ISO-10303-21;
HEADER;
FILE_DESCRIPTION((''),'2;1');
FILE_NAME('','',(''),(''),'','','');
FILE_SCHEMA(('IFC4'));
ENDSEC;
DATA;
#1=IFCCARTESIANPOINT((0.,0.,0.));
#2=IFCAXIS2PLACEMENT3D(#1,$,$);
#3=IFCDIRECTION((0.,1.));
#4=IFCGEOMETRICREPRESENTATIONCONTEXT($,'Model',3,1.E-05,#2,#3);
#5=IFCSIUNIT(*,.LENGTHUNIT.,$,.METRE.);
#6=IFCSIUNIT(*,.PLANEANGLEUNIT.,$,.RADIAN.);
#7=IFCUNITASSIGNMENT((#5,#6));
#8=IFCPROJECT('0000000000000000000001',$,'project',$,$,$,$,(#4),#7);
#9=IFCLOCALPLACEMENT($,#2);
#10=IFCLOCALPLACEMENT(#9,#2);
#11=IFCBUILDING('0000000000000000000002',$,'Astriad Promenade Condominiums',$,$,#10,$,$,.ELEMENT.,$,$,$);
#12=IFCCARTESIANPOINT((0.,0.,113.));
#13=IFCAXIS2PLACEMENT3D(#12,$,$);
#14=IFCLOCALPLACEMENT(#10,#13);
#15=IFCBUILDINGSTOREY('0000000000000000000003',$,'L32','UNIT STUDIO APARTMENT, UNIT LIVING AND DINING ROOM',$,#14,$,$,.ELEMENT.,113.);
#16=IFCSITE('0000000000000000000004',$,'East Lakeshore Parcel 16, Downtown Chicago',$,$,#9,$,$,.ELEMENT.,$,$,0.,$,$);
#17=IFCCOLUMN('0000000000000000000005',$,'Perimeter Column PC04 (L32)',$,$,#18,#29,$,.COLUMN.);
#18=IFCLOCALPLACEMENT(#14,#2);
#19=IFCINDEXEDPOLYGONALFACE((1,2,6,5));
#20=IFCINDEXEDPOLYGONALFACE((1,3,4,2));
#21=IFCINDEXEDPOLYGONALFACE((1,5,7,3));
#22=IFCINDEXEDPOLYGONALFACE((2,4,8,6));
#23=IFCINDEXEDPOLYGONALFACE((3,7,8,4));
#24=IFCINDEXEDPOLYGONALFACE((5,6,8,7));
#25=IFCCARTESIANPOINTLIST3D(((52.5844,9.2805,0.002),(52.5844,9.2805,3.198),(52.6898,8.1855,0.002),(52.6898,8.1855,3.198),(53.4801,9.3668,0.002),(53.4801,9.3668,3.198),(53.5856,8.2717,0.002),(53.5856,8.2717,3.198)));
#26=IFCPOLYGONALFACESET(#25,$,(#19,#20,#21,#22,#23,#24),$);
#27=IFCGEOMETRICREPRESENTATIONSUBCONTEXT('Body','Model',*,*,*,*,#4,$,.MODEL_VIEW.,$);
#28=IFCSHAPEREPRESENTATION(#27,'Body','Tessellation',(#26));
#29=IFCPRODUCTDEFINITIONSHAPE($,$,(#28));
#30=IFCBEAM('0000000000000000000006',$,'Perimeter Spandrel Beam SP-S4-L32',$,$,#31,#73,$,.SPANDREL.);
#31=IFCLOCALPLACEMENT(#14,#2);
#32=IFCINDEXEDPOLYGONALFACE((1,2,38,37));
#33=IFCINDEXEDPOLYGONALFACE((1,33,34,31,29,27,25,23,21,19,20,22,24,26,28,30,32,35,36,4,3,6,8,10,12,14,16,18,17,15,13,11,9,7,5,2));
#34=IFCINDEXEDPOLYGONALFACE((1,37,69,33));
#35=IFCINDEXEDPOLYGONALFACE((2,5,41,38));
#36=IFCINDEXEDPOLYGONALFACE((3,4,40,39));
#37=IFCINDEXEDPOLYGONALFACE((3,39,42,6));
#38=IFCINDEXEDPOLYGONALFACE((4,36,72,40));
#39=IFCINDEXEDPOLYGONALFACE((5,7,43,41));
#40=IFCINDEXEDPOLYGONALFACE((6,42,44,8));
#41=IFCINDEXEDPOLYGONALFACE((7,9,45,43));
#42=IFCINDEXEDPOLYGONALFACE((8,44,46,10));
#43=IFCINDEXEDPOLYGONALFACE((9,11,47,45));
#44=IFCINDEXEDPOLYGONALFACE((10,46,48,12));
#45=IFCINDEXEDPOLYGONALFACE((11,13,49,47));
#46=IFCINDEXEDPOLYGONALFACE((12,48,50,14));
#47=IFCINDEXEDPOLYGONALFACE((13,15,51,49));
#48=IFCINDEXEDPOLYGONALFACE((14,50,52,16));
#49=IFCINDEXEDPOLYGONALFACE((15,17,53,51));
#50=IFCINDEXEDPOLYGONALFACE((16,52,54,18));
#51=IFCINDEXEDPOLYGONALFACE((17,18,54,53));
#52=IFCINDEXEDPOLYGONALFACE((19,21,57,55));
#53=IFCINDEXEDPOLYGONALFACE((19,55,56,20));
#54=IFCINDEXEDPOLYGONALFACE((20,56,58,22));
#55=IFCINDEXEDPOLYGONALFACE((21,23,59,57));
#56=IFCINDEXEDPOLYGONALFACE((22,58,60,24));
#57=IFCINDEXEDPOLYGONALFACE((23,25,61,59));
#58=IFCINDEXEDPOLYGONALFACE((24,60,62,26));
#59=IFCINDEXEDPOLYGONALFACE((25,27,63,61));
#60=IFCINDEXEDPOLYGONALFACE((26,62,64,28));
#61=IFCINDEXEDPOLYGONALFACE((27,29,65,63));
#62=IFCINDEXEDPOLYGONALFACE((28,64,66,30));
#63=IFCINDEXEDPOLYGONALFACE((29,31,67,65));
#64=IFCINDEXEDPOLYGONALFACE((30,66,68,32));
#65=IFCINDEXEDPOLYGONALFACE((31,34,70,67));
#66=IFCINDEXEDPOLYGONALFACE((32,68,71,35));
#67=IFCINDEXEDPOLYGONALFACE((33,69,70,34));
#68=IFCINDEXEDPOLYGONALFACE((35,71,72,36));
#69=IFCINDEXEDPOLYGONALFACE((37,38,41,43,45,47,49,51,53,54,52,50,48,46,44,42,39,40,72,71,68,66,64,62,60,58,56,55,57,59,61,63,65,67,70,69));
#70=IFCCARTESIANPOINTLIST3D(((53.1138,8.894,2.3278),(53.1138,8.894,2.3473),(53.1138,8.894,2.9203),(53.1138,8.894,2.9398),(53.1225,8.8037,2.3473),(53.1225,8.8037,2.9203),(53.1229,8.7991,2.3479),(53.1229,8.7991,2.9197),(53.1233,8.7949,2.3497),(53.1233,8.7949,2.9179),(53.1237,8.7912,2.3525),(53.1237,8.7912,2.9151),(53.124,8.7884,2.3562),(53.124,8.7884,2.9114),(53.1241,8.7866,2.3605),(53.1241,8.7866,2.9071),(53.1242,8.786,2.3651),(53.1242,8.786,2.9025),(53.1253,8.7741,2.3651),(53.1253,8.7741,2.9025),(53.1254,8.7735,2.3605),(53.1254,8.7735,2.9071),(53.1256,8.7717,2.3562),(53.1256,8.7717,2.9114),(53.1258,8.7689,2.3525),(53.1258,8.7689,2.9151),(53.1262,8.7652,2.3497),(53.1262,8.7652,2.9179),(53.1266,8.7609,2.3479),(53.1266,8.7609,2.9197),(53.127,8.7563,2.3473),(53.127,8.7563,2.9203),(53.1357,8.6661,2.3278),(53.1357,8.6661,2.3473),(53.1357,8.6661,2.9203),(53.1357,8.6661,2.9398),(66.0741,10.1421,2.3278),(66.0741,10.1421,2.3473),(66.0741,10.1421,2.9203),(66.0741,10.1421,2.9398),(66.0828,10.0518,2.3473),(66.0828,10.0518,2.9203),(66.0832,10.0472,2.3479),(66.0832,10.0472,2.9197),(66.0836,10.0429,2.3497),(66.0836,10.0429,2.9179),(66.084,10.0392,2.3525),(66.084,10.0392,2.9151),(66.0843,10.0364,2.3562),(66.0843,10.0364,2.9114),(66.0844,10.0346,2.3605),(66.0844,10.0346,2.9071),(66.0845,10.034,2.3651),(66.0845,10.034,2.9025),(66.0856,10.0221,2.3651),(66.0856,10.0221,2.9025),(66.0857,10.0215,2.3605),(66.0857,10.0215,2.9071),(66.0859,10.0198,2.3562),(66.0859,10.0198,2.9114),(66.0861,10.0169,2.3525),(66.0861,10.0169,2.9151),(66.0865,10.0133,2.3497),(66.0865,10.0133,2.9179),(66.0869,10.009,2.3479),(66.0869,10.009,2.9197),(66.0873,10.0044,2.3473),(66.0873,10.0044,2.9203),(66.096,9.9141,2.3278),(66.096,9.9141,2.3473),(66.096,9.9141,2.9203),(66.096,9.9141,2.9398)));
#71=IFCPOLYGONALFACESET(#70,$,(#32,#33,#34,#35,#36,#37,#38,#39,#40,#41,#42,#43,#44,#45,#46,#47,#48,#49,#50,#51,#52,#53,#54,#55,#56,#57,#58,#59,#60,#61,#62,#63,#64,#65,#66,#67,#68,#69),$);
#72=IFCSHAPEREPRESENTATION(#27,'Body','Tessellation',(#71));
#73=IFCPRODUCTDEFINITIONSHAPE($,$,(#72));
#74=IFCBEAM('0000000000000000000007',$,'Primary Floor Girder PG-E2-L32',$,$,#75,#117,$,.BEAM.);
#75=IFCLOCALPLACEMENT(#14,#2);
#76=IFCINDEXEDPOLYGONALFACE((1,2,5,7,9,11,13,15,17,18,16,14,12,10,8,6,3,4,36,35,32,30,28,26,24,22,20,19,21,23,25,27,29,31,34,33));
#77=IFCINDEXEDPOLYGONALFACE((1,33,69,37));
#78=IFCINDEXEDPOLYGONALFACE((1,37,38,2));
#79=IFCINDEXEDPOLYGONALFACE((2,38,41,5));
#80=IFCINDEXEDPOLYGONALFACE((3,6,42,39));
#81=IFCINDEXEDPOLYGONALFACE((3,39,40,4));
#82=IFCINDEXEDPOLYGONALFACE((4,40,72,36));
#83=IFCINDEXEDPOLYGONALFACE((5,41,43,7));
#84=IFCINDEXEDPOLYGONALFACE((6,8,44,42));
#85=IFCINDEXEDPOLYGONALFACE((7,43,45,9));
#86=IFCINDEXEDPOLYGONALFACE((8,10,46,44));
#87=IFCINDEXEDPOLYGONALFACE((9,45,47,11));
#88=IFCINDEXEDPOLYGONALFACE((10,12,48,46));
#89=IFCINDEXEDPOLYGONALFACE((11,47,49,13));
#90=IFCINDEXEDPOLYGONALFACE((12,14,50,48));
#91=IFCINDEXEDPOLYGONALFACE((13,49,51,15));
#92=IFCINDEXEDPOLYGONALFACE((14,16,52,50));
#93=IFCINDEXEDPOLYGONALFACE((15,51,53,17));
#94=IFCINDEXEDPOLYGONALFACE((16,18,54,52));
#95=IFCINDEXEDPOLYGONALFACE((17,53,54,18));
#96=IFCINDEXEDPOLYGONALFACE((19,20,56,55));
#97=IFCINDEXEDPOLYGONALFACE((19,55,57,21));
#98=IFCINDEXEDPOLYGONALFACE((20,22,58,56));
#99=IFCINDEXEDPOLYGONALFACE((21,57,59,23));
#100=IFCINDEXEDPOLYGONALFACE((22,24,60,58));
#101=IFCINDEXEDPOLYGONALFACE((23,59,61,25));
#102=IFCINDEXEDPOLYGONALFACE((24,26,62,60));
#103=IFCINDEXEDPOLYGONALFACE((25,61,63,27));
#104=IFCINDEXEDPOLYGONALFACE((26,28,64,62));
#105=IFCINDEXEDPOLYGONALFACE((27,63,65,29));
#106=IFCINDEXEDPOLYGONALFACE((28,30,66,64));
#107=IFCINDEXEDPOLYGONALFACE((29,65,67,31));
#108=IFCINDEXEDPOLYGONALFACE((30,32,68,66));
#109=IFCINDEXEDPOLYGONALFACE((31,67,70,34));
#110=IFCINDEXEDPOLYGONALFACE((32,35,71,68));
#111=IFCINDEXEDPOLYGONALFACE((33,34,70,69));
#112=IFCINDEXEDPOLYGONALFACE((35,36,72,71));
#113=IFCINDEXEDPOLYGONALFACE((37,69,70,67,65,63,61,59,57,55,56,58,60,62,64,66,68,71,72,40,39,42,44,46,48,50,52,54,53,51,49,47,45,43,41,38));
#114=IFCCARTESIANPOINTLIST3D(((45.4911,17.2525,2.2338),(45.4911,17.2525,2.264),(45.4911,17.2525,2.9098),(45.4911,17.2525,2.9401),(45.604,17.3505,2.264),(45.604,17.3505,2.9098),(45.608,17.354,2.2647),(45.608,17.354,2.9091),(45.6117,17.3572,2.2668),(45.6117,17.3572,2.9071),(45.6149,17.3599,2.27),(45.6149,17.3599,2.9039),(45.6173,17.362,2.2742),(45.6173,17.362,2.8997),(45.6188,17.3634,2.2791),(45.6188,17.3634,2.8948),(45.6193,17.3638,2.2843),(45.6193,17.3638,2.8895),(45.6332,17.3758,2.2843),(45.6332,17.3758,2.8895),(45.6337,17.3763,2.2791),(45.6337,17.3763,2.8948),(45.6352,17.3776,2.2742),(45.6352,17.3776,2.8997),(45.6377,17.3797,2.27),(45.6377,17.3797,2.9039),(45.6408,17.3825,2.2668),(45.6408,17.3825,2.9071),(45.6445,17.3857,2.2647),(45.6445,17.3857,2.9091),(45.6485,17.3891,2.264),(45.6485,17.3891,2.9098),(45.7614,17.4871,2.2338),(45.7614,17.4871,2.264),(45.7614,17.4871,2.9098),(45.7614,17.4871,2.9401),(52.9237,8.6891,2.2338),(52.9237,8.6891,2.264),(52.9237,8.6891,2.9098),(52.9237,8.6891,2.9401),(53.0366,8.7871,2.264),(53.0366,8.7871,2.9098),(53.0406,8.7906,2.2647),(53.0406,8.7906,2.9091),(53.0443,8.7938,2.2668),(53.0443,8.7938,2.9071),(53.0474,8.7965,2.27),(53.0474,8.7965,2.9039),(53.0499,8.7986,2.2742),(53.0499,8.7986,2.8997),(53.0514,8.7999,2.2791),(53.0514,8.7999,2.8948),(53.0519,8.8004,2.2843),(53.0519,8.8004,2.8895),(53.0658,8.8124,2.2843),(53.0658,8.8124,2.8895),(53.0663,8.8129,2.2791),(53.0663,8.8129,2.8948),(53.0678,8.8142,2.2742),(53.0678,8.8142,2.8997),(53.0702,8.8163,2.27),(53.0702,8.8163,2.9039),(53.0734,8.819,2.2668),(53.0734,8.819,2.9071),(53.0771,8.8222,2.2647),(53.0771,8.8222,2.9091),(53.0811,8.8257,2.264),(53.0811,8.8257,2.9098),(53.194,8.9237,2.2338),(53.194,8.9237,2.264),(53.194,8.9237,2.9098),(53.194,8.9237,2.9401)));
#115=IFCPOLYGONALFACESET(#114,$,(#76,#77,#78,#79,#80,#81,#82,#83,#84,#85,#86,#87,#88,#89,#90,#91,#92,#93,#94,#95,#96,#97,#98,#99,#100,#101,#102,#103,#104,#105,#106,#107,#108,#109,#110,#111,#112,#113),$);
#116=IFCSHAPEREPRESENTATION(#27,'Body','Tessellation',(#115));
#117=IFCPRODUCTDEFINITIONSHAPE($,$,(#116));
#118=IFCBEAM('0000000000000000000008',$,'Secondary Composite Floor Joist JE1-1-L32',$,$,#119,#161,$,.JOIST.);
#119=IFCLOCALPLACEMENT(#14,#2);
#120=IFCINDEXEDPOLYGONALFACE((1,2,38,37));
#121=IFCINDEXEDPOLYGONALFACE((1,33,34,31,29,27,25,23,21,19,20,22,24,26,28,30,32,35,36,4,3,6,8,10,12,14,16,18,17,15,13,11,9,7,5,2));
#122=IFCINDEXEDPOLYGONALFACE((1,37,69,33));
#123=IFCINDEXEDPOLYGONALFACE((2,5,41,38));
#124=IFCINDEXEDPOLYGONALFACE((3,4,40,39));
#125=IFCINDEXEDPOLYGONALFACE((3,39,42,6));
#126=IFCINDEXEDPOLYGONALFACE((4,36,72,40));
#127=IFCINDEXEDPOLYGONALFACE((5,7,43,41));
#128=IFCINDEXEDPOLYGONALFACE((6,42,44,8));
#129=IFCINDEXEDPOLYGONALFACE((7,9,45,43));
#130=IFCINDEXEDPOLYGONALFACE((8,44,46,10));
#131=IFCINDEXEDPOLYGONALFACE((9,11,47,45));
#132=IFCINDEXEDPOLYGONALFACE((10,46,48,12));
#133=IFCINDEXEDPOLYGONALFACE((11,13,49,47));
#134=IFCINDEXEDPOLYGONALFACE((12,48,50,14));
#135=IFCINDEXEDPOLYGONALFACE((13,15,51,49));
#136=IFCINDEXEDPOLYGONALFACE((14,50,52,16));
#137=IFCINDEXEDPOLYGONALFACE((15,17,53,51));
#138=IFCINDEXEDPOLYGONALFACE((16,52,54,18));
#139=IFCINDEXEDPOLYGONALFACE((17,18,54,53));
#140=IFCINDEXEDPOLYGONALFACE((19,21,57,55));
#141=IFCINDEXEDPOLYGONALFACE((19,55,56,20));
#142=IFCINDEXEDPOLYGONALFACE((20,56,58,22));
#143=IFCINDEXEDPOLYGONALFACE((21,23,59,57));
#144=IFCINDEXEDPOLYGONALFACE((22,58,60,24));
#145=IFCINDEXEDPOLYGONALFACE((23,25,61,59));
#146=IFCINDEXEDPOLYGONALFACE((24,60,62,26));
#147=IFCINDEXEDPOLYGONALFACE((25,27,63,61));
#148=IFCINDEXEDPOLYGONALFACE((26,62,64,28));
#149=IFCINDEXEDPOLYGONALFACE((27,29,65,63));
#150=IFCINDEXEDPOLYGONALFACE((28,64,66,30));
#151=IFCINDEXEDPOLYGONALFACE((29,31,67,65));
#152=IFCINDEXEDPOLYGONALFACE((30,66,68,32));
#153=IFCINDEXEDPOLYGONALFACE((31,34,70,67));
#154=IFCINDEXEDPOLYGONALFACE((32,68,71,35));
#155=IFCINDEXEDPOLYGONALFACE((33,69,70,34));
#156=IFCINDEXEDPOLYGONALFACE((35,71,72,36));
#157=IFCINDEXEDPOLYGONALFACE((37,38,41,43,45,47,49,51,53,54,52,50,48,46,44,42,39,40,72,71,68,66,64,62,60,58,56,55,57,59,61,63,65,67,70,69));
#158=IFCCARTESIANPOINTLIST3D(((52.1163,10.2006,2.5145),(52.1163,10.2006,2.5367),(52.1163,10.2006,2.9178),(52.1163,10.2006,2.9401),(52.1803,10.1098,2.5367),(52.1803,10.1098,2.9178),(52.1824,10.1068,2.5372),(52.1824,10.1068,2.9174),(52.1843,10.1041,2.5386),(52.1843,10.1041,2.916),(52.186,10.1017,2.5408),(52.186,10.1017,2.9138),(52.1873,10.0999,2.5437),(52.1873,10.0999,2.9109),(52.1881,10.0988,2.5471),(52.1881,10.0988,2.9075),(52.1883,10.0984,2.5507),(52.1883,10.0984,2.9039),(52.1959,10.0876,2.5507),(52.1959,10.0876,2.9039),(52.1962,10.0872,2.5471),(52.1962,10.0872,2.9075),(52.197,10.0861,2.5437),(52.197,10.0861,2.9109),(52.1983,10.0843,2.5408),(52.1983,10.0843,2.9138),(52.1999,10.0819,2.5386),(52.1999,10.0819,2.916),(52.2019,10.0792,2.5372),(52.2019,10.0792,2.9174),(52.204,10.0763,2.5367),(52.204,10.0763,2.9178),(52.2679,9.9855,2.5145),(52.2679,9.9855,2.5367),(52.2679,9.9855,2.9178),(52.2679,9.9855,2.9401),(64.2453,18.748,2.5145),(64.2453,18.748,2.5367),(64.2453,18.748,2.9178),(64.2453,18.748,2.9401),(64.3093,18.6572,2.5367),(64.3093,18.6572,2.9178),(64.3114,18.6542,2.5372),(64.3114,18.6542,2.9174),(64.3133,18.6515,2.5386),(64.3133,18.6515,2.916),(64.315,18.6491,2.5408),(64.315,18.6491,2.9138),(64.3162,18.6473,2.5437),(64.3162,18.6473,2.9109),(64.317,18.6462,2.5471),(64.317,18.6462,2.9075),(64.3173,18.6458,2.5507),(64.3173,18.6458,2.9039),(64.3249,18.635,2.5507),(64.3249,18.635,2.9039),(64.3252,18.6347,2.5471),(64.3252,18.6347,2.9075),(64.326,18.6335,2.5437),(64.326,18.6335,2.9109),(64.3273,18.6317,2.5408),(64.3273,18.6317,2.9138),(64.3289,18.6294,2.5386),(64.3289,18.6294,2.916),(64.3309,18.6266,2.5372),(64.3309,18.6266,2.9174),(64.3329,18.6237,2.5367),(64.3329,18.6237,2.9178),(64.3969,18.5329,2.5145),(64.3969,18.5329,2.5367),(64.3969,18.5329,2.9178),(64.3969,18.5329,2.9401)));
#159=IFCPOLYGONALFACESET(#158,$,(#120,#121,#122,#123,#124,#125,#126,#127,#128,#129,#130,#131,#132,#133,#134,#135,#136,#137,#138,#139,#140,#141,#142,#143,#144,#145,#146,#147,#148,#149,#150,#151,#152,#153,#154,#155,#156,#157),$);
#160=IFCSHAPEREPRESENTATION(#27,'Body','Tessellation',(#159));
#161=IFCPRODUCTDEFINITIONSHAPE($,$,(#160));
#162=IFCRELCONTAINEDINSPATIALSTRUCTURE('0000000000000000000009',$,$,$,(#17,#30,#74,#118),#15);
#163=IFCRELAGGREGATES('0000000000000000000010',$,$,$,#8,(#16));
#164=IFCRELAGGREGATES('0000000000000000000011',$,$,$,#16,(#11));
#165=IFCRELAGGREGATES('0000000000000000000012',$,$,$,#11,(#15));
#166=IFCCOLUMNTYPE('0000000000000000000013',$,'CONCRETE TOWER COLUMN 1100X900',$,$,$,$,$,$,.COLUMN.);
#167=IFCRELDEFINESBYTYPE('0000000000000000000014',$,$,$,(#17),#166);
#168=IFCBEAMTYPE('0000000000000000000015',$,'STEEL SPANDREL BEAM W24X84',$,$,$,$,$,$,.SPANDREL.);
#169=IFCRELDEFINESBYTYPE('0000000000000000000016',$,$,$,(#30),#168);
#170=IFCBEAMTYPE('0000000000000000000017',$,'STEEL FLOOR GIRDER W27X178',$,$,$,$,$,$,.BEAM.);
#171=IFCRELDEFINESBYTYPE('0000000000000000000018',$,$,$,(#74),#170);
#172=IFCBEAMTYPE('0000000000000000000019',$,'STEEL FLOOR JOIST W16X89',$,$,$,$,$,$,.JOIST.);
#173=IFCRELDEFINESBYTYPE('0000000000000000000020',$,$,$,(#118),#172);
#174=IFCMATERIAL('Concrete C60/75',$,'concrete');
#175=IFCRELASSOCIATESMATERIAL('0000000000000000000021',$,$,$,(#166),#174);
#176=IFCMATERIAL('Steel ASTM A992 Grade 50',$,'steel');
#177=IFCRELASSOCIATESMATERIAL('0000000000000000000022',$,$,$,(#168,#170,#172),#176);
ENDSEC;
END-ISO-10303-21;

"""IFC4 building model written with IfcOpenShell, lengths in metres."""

from ifc_helpers import new_model, si_unit, direction, frame, origin, origin_2d, place, context, subcontext, project, spatial, rectangle, i_section, extrude, source, transform, mapped, material, material_profile, profile_set, type_object, type_shapes, element, save


model = new_model("IFC4")

# Units and contexts
model_context = context("Model", 3, precision=1e-05, world=origin(), true_north=direction((0.0, 1.0)))
body_context = subcontext(model_context, "Body", "Model", "MODEL_VIEW")
ifc_project = project(units=[si_unit("LENGTHUNIT", "METRE"), si_unit("PLANEANGLEUNIT", "RADIAN")], contexts=[model_context])

# Site, building, storey
site_placement = place(None, origin())
site = spatial("IfcSite", under=ifc_project, at=site_placement, Name="East Lakeshore Parcel 16, Downtown Chicago", CompositionType="ELEMENT", RefElevation=0.0)
building_placement = place(site_placement, origin())
building = spatial("IfcBuilding", under=site, at=building_placement, Name="Astriad Promenade Condominiums", CompositionType="ELEMENT")
storey_placement = place(building_placement, frame((0.0, 0.0, 113.0)))
storey = spatial("IfcBuildingStorey", under=building, at=storey_placement, Name="L32", Description="UNIT STUDIO APARTMENT, UNIT LIVING AND DINING ROOM", CompositionType="ELEMENT", Elevation=113.0)

# Column
ifc_material_1 = material(Name="Concrete C60/75", Category="concrete")
ifc_material_profile_1 = material_profile(ifc_material_1, rectangle(XDim=0.8999, YDim=1.1001, at=origin_2d()), Name="RC-COL-1100X900")
ifc_profile_set_1 = profile_set([ifc_material_profile_1], Name="Concrete C60/75")
column_type = type_object("IfcColumnType", Name="CONCRETE TOWER COLUMN 1100X900", PredefinedType="COLUMN", material=ifc_profile_set_1)
shared_shape_1 = source(origin(), body_context, "Body", "SweptSolid", [
    extrude(rectangle(XDim=0.8999, YDim=1.1001, at=origin_2d()), origin(), (0.0, 0.0, 1.0), 3.196),
])
type_shapes(column_type, [shared_shape_1])
column_placement = place(storey_placement, frame((53.085, 8.7761, 0.002), z_axis=(0.0, 0.0, 1.0), x_axis=(0.995396, 0.095846, 0.0)))
element("IfcColumn", 1, at=column_placement, inside=storey, type_object=column_type, Name="Perimeter Column PC04 (L32)", PredefinedType="COLUMN", context=body_context, shape_type="MappedRepresentation", body=[
    mapped(shared_shape_1, transform((0.0, 0.0, 0.0), scale=1.0)),
])

# Beams
ifc_material_2 = material(Name="Steel ASTM A992 Grade 50", Category="steel")
ifc_material_profile_2 = material_profile(ifc_material_2, i_section(OverallWidth=0.229, OverallDepth=0.6121, WebThickness=0.012, FlangeThickness=0.0195, FilletRadius=0.0178, at=origin_2d()), Name="W24X84")
ifc_profile_set_2 = profile_set([ifc_material_profile_2], Name="Steel ASTM A992 Grade 50")
beam_type_1 = type_object("IfcBeamType", Name="STEEL SPANDREL BEAM W24X84", PredefinedType="SPANDREL", material=ifc_profile_set_2)
shared_shape_2 = source(origin(), body_context, "Body", "SweptSolid", [
    extrude(i_section(OverallWidth=0.229, OverallDepth=0.6121, WebThickness=0.012, FlangeThickness=0.0195, FilletRadius=0.0178, at=origin_2d()), origin(), (0.0, 0.0, 1.0), 13.0203),
])
type_shapes(beam_type_1, [shared_shape_2])
beam_1_placement = place(storey_placement, frame((53.1248, 8.78, 2.6338), z_axis=(0.995395, 0.095855, 0.0), x_axis=(-0.095855, 0.995395, 0.0)))
element("IfcBeam", 2, at=beam_1_placement, inside=storey, type_object=beam_type_1, Name="Perimeter Spandrel Beam SP-S4-L32", PredefinedType="SPANDREL", context=body_context, shape_type="MappedRepresentation", body=[
    mapped(shared_shape_2, transform((0.0, 0.0, 0.0), scale=1.0)),
])
ifc_material_profile_3 = material_profile(ifc_material_2, i_section(OverallWidth=0.3579, OverallDepth=0.7063, WebThickness=0.0183, FlangeThickness=0.0303, FilletRadius=0.0203, at=origin_2d()), Name="W27X178")
ifc_profile_set_3 = profile_set([ifc_material_profile_3], Name="Steel ASTM A992 Grade 50")
beam_type_2 = type_object("IfcBeamType", Name="STEEL FLOOR GIRDER W27X178", PredefinedType="BEAM", material=ifc_profile_set_3)
shared_shape_3 = source(origin(), body_context, "Body", "SweptSolid", [
    extrude(i_section(OverallWidth=0.3579, OverallDepth=0.7063, WebThickness=0.0183, FlangeThickness=0.0303, FilletRadius=0.0203, at=origin_2d()), origin(), (0.0, 0.0, 1.0), 11.3391),
])
type_shapes(beam_type_2, [shared_shape_3])
beam_2_placement = place(storey_placement, frame((53.0588, 8.8064, 2.5869), z_axis=(-0.655481, 0.755211, 0.0), x_axis=(-0.755211, -0.655481, 0.0)))
element("IfcBeam", 3, at=beam_2_placement, inside=storey, type_object=beam_type_2, Name="Primary Floor Girder PG-E2-L32", PredefinedType="BEAM", context=body_context, shape_type="MappedRepresentation", body=[
    mapped(shared_shape_3, transform((0.0, 0.0, 0.0), scale=1.0)),
])
ifc_material_profile_4 = material_profile(ifc_material_2, i_section(OverallWidth=0.2632, OverallDepth=0.4255, WebThickness=0.0132, FlangeThickness=0.0222, FilletRadius=0.0139, at=origin_2d()), Name="W16X89")
ifc_profile_set_4 = profile_set([ifc_material_profile_4], Name="Steel ASTM A992 Grade 50")
beam_type_3 = type_object("IfcBeamType", Name="STEEL FLOOR JOIST W16X89", PredefinedType="JOIST", material=ifc_profile_set_4)
shared_shape_4 = source(origin(), body_context, "Body", "SweptSolid", [
    extrude(i_section(OverallWidth=0.2632, OverallDepth=0.4255, WebThickness=0.0132, FlangeThickness=0.0222, FilletRadius=0.0139, at=origin_2d()), origin(), (0.0, 0.0, 1.0), 14.8381),
])
beam_3_placement = place(storey_placement, frame((52.1921, 10.093, 2.7273), z_axis=(0.817419, 0.576043, 0.0), x_axis=(-0.576043, 0.817419, 0.0)))
element("IfcBeam", 4, at=beam_3_placement, inside=storey, type_object=beam_type_3, Name="Secondary Composite Floor Joist JE1-1-L32", PredefinedType="JOIST", context=body_context, shape_type="MappedRepresentation", body=[
    mapped(shared_shape_4, transform((0.0, 0.0, 0.0), scale=1.0)),
])

save(model, "model.ifc")
